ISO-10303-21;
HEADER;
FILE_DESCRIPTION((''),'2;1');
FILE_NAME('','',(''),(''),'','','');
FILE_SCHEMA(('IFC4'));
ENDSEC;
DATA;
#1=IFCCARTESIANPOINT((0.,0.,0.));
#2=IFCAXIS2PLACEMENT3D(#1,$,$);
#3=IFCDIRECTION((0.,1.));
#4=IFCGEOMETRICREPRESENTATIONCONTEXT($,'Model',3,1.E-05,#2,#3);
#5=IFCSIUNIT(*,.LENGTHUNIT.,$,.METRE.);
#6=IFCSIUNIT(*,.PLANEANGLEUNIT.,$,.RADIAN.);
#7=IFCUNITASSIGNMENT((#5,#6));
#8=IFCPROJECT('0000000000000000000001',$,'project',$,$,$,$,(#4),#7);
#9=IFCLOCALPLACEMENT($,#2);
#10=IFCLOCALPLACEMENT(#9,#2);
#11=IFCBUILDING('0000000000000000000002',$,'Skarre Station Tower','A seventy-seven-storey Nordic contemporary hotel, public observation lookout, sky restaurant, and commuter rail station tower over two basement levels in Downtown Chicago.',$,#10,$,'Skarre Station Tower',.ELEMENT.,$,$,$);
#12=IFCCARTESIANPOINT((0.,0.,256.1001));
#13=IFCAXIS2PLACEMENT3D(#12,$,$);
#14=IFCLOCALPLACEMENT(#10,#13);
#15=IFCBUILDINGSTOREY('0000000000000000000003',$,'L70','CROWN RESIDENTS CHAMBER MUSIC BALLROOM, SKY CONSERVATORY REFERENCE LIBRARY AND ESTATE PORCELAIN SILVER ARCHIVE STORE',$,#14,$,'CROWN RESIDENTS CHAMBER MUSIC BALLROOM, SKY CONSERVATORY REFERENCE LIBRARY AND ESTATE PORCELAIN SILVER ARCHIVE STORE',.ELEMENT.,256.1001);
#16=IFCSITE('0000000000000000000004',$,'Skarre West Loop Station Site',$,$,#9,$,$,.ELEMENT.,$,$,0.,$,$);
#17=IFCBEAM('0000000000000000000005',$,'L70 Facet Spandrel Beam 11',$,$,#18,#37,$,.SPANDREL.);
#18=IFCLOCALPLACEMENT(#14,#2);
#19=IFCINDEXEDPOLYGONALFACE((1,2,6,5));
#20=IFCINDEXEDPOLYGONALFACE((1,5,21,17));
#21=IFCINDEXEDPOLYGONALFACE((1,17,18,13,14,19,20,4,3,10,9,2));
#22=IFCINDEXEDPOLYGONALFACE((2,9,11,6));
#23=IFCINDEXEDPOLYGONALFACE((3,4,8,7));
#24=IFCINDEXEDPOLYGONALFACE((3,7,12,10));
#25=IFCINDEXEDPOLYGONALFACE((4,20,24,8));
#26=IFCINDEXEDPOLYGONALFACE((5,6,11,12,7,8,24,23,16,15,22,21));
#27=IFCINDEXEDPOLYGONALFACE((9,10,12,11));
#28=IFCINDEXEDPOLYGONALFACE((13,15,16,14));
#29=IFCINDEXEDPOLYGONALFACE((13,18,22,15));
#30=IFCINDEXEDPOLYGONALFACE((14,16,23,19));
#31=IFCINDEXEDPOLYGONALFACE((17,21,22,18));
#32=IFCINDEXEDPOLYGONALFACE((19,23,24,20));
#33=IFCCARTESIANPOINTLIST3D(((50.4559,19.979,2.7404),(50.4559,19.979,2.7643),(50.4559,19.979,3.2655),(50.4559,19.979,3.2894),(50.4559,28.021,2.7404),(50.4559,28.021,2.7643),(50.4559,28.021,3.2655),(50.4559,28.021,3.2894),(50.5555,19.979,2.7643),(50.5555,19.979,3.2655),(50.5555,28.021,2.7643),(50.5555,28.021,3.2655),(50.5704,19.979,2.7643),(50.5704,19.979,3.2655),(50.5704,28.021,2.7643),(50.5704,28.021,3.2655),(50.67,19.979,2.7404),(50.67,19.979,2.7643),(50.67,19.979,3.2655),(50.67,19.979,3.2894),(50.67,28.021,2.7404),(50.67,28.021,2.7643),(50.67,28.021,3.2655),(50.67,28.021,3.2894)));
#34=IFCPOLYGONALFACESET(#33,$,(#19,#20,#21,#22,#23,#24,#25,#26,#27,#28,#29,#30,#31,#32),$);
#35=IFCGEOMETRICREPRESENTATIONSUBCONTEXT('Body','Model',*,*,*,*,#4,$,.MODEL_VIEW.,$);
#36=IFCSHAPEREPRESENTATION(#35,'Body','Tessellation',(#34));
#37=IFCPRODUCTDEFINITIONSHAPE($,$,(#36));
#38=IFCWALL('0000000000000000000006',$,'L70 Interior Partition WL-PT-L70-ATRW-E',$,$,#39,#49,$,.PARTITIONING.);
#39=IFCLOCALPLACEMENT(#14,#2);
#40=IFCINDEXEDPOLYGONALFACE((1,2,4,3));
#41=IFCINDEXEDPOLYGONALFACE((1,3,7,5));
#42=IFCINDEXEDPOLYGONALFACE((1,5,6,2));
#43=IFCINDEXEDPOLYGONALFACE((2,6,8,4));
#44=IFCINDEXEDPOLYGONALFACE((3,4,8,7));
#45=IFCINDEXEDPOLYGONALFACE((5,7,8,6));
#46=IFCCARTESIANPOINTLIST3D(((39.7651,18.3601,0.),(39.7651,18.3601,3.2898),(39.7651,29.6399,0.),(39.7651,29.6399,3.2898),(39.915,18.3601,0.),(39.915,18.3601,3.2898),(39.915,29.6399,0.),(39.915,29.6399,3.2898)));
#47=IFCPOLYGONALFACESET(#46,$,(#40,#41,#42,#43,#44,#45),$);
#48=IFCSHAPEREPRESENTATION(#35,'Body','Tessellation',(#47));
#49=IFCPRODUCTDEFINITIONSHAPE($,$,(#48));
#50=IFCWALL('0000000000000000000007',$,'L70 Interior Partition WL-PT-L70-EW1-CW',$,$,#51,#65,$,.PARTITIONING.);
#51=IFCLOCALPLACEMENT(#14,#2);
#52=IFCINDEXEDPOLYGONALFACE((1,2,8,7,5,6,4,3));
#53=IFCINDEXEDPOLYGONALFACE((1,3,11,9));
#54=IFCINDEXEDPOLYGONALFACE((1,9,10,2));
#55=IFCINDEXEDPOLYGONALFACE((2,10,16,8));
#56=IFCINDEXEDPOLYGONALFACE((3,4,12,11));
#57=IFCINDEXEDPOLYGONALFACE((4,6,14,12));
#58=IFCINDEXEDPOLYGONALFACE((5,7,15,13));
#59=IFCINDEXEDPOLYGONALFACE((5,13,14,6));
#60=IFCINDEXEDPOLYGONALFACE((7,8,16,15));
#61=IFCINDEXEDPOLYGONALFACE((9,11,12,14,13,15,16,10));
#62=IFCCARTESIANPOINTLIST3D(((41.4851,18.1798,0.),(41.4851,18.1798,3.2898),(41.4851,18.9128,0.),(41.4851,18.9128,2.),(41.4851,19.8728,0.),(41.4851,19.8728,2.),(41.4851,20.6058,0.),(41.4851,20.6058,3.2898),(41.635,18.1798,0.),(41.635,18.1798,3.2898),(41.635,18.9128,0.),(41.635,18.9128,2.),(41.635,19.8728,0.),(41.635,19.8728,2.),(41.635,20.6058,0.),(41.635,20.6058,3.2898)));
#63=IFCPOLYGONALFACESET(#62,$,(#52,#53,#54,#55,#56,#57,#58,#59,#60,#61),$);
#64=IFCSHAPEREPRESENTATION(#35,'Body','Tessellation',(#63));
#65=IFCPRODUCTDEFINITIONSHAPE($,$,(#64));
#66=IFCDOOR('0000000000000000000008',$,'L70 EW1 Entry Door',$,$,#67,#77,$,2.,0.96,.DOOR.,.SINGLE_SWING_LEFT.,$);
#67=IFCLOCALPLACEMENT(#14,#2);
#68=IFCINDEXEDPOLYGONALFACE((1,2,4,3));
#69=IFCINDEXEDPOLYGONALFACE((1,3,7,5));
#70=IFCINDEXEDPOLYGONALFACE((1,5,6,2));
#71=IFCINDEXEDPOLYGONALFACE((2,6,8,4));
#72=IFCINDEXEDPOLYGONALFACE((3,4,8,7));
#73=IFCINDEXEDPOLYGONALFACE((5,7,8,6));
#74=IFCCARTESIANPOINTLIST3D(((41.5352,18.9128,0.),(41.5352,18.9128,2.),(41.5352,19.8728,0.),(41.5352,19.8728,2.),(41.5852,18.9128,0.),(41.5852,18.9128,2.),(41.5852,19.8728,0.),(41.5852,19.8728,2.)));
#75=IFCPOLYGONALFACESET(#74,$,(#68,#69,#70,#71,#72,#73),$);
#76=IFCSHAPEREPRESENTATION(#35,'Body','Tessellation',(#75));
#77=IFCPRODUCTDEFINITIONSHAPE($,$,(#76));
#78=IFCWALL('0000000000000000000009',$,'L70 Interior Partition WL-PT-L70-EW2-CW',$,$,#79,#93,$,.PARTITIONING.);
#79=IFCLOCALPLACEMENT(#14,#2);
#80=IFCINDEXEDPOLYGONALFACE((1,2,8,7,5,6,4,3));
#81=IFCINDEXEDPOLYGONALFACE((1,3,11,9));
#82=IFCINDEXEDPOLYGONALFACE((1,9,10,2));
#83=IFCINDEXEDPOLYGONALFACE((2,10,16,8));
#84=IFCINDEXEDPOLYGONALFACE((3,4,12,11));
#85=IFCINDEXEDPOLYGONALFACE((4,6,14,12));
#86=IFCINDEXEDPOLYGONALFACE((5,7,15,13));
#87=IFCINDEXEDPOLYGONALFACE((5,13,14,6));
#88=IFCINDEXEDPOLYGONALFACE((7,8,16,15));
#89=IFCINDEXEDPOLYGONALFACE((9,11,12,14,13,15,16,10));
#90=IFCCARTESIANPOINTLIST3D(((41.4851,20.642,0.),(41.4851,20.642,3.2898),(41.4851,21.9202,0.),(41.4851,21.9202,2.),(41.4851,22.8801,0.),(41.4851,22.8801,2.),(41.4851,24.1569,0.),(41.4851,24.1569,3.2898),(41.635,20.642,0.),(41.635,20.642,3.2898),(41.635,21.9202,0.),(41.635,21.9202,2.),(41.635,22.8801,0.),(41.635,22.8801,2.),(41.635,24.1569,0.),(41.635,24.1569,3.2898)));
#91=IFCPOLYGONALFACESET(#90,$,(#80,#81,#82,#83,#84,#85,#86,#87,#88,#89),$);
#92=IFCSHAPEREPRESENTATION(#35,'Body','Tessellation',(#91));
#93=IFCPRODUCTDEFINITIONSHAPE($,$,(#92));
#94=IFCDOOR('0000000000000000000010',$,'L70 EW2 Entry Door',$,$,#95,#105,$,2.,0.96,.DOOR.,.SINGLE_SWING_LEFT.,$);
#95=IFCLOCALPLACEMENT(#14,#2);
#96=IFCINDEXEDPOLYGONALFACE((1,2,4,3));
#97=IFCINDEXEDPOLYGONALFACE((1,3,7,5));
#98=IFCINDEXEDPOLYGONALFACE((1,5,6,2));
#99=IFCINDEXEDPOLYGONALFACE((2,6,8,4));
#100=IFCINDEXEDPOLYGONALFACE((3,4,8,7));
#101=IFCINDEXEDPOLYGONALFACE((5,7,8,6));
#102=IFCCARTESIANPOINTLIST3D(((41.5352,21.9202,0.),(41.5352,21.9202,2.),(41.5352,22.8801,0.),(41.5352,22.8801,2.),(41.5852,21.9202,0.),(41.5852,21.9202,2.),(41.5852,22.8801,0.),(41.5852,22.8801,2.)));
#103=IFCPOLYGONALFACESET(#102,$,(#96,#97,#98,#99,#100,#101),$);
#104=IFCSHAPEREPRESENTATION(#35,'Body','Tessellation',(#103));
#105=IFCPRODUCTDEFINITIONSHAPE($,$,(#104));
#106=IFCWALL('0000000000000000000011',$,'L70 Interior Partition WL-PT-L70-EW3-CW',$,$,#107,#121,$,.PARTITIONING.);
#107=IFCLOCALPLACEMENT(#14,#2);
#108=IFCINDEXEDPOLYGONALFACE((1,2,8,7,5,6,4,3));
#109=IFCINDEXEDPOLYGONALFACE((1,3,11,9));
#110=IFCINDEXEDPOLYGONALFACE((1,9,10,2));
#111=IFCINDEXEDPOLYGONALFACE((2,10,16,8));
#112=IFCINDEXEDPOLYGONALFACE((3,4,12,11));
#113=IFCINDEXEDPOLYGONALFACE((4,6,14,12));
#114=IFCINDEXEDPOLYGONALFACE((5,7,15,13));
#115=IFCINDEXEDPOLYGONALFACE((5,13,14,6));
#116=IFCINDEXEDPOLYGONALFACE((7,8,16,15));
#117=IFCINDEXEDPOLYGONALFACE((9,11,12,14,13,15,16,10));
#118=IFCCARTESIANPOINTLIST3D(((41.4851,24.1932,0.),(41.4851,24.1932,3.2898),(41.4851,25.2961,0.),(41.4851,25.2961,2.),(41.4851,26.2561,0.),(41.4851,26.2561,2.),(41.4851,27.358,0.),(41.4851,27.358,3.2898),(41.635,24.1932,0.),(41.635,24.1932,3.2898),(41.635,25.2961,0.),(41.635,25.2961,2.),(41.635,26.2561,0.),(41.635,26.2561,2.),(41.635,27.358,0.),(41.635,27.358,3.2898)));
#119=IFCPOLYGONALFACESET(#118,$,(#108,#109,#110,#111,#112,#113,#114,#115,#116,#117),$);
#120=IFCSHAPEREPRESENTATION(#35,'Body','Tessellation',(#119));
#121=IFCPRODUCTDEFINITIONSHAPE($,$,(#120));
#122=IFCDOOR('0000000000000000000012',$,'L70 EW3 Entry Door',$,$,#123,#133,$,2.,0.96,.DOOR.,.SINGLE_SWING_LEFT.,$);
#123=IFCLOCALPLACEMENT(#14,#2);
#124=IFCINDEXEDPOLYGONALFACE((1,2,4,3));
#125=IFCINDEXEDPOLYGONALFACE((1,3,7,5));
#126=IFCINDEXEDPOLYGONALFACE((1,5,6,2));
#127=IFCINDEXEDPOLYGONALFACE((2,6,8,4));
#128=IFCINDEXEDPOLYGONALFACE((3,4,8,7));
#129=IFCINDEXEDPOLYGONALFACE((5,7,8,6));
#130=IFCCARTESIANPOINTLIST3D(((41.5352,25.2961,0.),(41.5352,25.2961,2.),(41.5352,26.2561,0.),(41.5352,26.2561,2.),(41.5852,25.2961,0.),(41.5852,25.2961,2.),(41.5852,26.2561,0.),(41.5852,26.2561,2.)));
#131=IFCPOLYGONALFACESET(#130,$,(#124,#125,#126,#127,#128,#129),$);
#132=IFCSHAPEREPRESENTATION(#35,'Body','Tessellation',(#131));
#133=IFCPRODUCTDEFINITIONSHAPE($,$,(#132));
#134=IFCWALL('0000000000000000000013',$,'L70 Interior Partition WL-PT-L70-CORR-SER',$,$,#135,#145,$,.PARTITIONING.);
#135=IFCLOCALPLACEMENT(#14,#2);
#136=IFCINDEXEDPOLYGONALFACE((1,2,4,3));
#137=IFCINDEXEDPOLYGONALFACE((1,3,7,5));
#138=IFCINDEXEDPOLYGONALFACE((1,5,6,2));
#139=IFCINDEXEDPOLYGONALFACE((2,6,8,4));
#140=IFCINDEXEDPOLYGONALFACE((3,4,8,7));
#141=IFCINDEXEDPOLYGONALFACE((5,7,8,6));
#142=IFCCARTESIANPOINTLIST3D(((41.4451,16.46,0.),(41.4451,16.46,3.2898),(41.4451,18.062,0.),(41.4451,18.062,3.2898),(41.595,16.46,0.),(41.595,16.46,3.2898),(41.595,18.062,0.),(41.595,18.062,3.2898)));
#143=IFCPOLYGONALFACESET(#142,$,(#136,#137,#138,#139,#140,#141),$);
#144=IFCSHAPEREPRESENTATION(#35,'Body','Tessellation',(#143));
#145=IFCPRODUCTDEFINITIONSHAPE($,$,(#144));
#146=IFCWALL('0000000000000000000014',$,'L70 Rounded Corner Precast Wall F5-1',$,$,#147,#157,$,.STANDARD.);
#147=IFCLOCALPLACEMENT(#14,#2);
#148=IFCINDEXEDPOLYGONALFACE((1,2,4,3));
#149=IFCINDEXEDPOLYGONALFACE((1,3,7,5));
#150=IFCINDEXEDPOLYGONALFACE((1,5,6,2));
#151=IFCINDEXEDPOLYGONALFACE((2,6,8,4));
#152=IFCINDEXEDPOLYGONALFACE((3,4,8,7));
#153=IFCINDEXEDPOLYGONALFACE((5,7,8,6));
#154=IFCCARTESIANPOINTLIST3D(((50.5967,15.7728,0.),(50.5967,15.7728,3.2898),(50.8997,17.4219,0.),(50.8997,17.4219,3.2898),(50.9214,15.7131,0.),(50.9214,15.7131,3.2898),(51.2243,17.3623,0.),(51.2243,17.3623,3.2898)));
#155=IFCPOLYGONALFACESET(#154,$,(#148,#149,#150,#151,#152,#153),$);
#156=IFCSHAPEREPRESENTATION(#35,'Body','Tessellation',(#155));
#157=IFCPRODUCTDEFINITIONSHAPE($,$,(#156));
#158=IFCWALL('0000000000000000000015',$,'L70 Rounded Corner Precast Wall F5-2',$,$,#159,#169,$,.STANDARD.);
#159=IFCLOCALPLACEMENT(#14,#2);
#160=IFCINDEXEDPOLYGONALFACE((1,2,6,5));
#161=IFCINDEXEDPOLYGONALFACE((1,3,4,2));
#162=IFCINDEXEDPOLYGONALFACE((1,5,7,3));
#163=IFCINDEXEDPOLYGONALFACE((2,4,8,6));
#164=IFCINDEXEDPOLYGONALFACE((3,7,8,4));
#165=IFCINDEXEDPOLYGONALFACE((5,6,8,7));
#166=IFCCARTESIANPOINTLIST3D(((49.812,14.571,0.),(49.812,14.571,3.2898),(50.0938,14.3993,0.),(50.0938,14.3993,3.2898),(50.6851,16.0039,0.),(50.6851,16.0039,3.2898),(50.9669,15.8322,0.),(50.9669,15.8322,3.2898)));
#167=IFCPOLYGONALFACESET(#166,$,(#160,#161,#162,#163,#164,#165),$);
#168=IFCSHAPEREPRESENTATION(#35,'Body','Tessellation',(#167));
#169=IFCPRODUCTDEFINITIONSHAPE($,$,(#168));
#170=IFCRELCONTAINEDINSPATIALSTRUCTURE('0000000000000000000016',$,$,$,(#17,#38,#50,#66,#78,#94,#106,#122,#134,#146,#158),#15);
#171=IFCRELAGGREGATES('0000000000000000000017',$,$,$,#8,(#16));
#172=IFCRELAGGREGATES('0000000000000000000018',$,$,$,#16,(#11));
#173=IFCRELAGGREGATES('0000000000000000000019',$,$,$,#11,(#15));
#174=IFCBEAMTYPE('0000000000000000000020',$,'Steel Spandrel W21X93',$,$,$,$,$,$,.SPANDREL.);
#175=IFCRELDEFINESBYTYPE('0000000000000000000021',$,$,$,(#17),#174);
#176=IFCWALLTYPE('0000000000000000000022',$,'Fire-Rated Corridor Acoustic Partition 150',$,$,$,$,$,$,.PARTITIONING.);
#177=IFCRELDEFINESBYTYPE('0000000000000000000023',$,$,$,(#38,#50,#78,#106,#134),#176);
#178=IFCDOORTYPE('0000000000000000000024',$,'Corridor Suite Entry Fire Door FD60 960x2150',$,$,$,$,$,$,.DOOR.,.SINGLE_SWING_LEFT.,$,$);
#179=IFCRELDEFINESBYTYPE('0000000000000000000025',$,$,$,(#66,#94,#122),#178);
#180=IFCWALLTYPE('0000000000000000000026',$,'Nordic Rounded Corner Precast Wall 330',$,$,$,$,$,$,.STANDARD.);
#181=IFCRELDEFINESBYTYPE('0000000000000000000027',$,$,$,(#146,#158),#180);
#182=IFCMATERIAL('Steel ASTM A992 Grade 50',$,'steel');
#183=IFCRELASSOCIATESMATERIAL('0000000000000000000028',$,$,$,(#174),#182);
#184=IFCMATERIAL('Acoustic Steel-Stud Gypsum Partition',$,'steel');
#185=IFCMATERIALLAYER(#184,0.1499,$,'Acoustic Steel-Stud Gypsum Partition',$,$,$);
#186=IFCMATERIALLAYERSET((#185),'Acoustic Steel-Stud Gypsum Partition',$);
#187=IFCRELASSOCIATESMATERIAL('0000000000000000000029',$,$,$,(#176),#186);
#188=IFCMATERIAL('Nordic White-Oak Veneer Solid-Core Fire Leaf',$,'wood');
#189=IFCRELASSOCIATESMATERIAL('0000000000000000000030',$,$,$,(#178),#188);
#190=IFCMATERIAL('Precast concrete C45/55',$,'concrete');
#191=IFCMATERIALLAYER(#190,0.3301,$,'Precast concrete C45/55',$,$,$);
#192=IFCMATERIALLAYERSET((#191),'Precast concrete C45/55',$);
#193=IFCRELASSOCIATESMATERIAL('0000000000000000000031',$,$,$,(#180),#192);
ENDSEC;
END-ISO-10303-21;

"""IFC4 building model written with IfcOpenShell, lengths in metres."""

from ifc_helpers import new_model, si_unit, direction, frame, frame_2d, origin, origin_2d, place, context, subcontext, project, spatial, rectangle, i_section, extrude, material, layer, layer_set, material_profile, profile_set, type_object, element, fill, save


model = new_model("IFC4")

# Units and contexts
model_context = context("Model", 3, precision=1e-05, world=origin(), true_north=direction((0.0, 1.0)))
body_context = subcontext(model_context, "Body", "Model", "MODEL_VIEW")
ifc_project = project(units=[si_unit("LENGTHUNIT", "METRE"), si_unit("PLANEANGLEUNIT", "RADIAN")], contexts=[model_context])

# Site, building, storey
site_placement = place(None, origin())
site = spatial("IfcSite", under=ifc_project, at=site_placement, Name="Skarre West Loop Station Site", CompositionType="ELEMENT", RefElevation=0.0)
building_placement = place(site_placement, origin())
building = spatial("IfcBuilding", under=site, at=building_placement, Name="Skarre Station Tower", Description="A seventy-seven-storey Nordic contemporary hotel, public observation lookout, sky restaurant, and commuter rail station tower over two basement levels in Downtown Chicago.", LongName="Skarre Station Tower", CompositionType="ELEMENT")
storey_placement = place(building_placement, frame((0.0, 0.0, 256.1001)))
storey = spatial("IfcBuildingStorey", under=building, at=storey_placement, Name="L70", Description="CROWN RESIDENTS CHAMBER MUSIC BALLROOM, SKY CONSERVATORY REFERENCE LIBRARY AND ESTATE PORCELAIN SILVER ARCHIVE STORE", LongName="CROWN RESIDENTS CHAMBER MUSIC BALLROOM, SKY CONSERVATORY REFERENCE LIBRARY AND ESTATE PORCELAIN SILVER ARCHIVE STORE", CompositionType="ELEMENT", Elevation=256.1001)

# Beam
ifc_material_1 = material(Name="Steel ASTM A992 Grade 50", Category="steel")
ifc_material_profile_1 = material_profile(ifc_material_1, i_section(OverallWidth=0.2141, OverallDepth=0.5491, WebThickness=0.0149, FlangeThickness=0.0239, at=origin_2d()), Name="Steel ASTM A992 Grade 50")
ifc_profile_set_1 = profile_set([ifc_material_profile_1], Name="Steel ASTM A992 Grade 50")
beam_type_1 = type_object("IfcBeamType", Name="Steel Spandrel W21X93", PredefinedType="SPANDREL", material=ifc_profile_set_1)
beam_1_placement = place(storey_placement, frame((50.563, 19.979, 3.0149), z_axis=(0.0, 1.0, 0.0), x_axis=(-1.0, 0.0, 0.0)))
element("IfcBeam", 1, at=beam_1_placement, inside=storey, type_object=beam_type_1, Name="L70 Facet Spandrel Beam 11", PredefinedType="SPANDREL", context=body_context, shape_type="SweptSolid", body=[
    extrude(i_section(OverallWidth=0.2141, OverallDepth=0.5491, WebThickness=0.0149, FlangeThickness=0.0239, at=origin_2d()), origin(), (0.0, 0.0, 1.0), 8.042),
])

# Wall
ifc_material_2 = material(Name="Acoustic Steel-Stud Gypsum Partition", Category="steel")
ifc_layer_1 = layer(ifc_material_2, 0.1499, Name="Acoustic Steel-Stud Gypsum Partition")
ifc_layer_set_1 = layer_set([ifc_layer_1], Name="Acoustic Steel-Stud Gypsum Partition")
wall_type_1 = type_object("IfcWallType", Name="Fire-Rated Corridor Acoustic Partition 150", PredefinedType="PARTITIONING", material=ifc_layer_set_1)
wall_1_placement = place(storey_placement, frame((39.8401, 18.3601, 0.0), z_axis=(0.0, 0.0, 1.0), x_axis=(0.0, 1.0, 0.0)))
element("IfcWall", 2, at=wall_1_placement, inside=storey, type_object=wall_type_1, Name="L70 Interior Partition WL-PT-L70-ATRW-E", PredefinedType="PARTITIONING", context=body_context, shape_type="SweptSolid", body=[
    extrude(rectangle(XDim=11.2798, YDim=0.1499, at=frame_2d((5.6399, 0.0))), origin(), (0.0, 0.0, 1.0), 3.2898),
])

# Walls, openings, doors
wall_2_placement = place(storey_placement, frame((41.5601, 18.1799, 0.0), z_axis=(0.0, 0.0, 1.0), x_axis=(0.0, 1.0, 0.0)))
wall_2 = element("IfcWall", 3, at=wall_2_placement, inside=storey, type_object=wall_type_1, Name="L70 Interior Partition WL-PT-L70-EW1-CW", PredefinedType="PARTITIONING", context=body_context, shape_type="SweptSolid", body=[
    extrude(rectangle(XDim=2.426, YDim=0.1499, at=frame_2d((1.2129, 0.0))), origin(), (0.0, 0.0, 1.0), 3.2898),
])
opening_1_placement = place(wall_2_placement, frame((0.7329, 0.0, 0.0)))
opening_1 = element("IfcOpeningElement", 4, at=opening_1_placement, cuts=wall_2, PredefinedType="OPENING", context=body_context, shape_type="SweptSolid", body=[
    extrude(rectangle(XDim=0.96, YDim=2.0, at=frame_2d((0.48, 1.0))), frame((0.0, 0.085, 0.0), z_axis=(0.0, -1.0, 0.0), x_axis=(1.0, 0.0, 0.0)), (0.0, 0.0, 1.0), 0.1699),
])
ifc_material_3 = material(Name="Nordic White-Oak Veneer Solid-Core Fire Leaf", Category="wood")
door_type = type_object("IfcDoorType", Name="Corridor Suite Entry Fire Door FD60 960x2150", OperationType="SINGLE_SWING_LEFT", PredefinedType="DOOR", material=ifc_material_3)
door_1_placement = place(opening_1_placement, origin())
door_1 = element("IfcDoor", 5, at=door_1_placement, inside=storey, type_object=door_type, Name="L70 EW1 Entry Door", OperationType="SINGLE_SWING_LEFT", OverallHeight=2.0, OverallWidth=0.96, PredefinedType="DOOR", context=body_context, shape_type="SweptSolid", body=[
    extrude(rectangle(XDim=0.96, YDim=2.0, at=frame_2d((0.48, 1.0))), frame((0.0, 0.0249, 0.0), z_axis=(0.0, -1.0, 0.0), x_axis=(1.0, 0.0, 0.0)), (0.0, 0.0, 1.0), 0.05),
])
fill(opening_1, door_1)
wall_3_placement = place(storey_placement, frame((41.5601, 20.6421, 0.0), z_axis=(0.0, 0.0, 1.0), x_axis=(0.0, 1.0, 0.0)))
wall_3 = element("IfcWall", 6, at=wall_3_placement, inside=storey, type_object=wall_type_1, Name="L70 Interior Partition WL-PT-L70-EW2-CW", PredefinedType="PARTITIONING", context=body_context, shape_type="SweptSolid", body=[
    extrude(rectangle(XDim=3.5149, YDim=0.1499, at=frame_2d((1.7573, 0.0))), origin(), (0.0, 0.0, 1.0), 3.2898),
])
opening_2_placement = place(wall_3_placement, frame((1.2781, 0.0, 0.0)))
opening_2 = element("IfcOpeningElement", 7, at=opening_2_placement, cuts=wall_3, PredefinedType="OPENING", context=body_context, shape_type="SweptSolid", body=[
    extrude(rectangle(XDim=0.96, YDim=2.0, at=frame_2d((0.48, 1.0))), frame((0.0, 0.085, 0.0), z_axis=(0.0, -1.0, 0.0), x_axis=(1.0, 0.0, 0.0)), (0.0, 0.0, 1.0), 0.1699),
])
door_2_placement = place(opening_2_placement, origin())
door_2 = element("IfcDoor", 8, at=door_2_placement, inside=storey, type_object=door_type, Name="L70 EW2 Entry Door", OperationType="SINGLE_SWING_LEFT", OverallHeight=2.0, OverallWidth=0.96, PredefinedType="DOOR", context=body_context, shape_type="SweptSolid", body=[
    extrude(rectangle(XDim=0.96, YDim=2.0, at=frame_2d((0.48, 1.0))), frame((0.0, 0.0249, 0.0), z_axis=(0.0, -1.0, 0.0), x_axis=(1.0, 0.0, 0.0)), (0.0, 0.0, 1.0), 0.05),
])
fill(opening_2, door_2)
wall_4_placement = place(storey_placement, frame((41.5601, 24.1931, 0.0), z_axis=(0.0, 0.0, 1.0), x_axis=(0.0, 1.0, 0.0)))
wall_4 = element("IfcWall", 9, at=wall_4_placement, inside=storey, type_object=wall_type_1, Name="L70 Interior Partition WL-PT-L70-EW3-CW", PredefinedType="PARTITIONING", context=body_context, shape_type="SweptSolid", body=[
    extrude(rectangle(XDim=3.1648, YDim=0.1499, at=frame_2d((1.5825, 0.0))), origin(), (0.0, 0.0, 1.0), 3.2898),
])
opening_3_placement = place(wall_4_placement, frame((1.103, 0.0, 0.0)))
opening_3 = element("IfcOpeningElement", 10, at=opening_3_placement, cuts=wall_4, PredefinedType="OPENING", context=body_context, shape_type="SweptSolid", body=[
    extrude(rectangle(XDim=0.96, YDim=2.0, at=frame_2d((0.48, 1.0))), frame((0.0, 0.085, 0.0), z_axis=(0.0, -1.0, 0.0), x_axis=(1.0, 0.0, 0.0)), (0.0, 0.0, 1.0), 0.1699),
])
door_3_placement = place(opening_3_placement, origin())
door_3 = element("IfcDoor", 11, at=door_3_placement, inside=storey, type_object=door_type, Name="L70 EW3 Entry Door", OperationType="SINGLE_SWING_LEFT", OverallHeight=2.0, OverallWidth=0.96, PredefinedType="DOOR", context=body_context, shape_type="SweptSolid", body=[
    extrude(rectangle(XDim=0.96, YDim=2.0, at=frame_2d((0.48, 1.0))), frame((0.0, 0.0249, 0.0), z_axis=(0.0, -1.0, 0.0), x_axis=(1.0, 0.0, 0.0)), (0.0, 0.0, 1.0), 0.05),
])
fill(opening_3, door_3)

# Walls
wall_5_placement = place(storey_placement, frame((41.52, 16.46, 0.0), z_axis=(0.0, 0.0, 1.0), x_axis=(0.0, 1.0, 0.0)))
element("IfcWall", 12, at=wall_5_placement, inside=storey, type_object=wall_type_1, Name="L70 Interior Partition WL-PT-L70-CORR-SER", PredefinedType="PARTITIONING", context=body_context, shape_type="SweptSolid", body=[
    extrude(rectangle(XDim=1.6021, YDim=0.1499, at=frame_2d((0.801, 0.0))), origin(), (0.0, 0.0, 1.0), 3.2898),
])
ifc_material_4 = material(Name="Precast concrete C45/55", Category="concrete")
ifc_layer_2 = layer(ifc_material_4, 0.3301, Name="Precast concrete C45/55")
ifc_layer_set_2 = layer_set([ifc_layer_2], Name="Precast concrete C45/55")
wall_type_2 = type_object("IfcWallType", Name="Nordic Rounded Corner Precast Wall 330", PredefinedType="STANDARD", material=ifc_layer_set_2)
wall_6_placement = place(storey_placement, frame((51.062, 17.3921, 0.0), z_axis=(0.0, 0.0, 1.0), x_axis=(-0.180692, -0.98354, 0.0)))
element("IfcWall", 13, at=wall_6_placement, inside=storey, type_object=wall_type_2, Name="L70 Rounded Corner Precast Wall F5-1", PredefinedType="STANDARD", context=body_context, shape_type="SweptSolid", body=[
    extrude(rectangle(XDim=1.6768, YDim=0.3301, at=frame_2d((0.8384, 0.0))), origin(), (0.0, 0.0, 1.0), 3.2898),
])
wall_7_placement = place(storey_placement, frame((50.8259, 15.918, 0.0), z_axis=(0.0, 0.0, 1.0), x_axis=(-0.520325, -0.853968, 0.0)))
element("IfcWall", 14, at=wall_7_placement, inside=storey, type_object=wall_type_2, Name="L70 Rounded Corner Precast Wall F5-2", PredefinedType="STANDARD", context=body_context, shape_type="SweptSolid", body=[
    extrude(rectangle(XDim=1.678, YDim=0.3301, at=frame_2d((0.8389, 0.0))), origin(), (0.0, 0.0, 1.0), 3.2898),
])

save(model, "model.ifc")
